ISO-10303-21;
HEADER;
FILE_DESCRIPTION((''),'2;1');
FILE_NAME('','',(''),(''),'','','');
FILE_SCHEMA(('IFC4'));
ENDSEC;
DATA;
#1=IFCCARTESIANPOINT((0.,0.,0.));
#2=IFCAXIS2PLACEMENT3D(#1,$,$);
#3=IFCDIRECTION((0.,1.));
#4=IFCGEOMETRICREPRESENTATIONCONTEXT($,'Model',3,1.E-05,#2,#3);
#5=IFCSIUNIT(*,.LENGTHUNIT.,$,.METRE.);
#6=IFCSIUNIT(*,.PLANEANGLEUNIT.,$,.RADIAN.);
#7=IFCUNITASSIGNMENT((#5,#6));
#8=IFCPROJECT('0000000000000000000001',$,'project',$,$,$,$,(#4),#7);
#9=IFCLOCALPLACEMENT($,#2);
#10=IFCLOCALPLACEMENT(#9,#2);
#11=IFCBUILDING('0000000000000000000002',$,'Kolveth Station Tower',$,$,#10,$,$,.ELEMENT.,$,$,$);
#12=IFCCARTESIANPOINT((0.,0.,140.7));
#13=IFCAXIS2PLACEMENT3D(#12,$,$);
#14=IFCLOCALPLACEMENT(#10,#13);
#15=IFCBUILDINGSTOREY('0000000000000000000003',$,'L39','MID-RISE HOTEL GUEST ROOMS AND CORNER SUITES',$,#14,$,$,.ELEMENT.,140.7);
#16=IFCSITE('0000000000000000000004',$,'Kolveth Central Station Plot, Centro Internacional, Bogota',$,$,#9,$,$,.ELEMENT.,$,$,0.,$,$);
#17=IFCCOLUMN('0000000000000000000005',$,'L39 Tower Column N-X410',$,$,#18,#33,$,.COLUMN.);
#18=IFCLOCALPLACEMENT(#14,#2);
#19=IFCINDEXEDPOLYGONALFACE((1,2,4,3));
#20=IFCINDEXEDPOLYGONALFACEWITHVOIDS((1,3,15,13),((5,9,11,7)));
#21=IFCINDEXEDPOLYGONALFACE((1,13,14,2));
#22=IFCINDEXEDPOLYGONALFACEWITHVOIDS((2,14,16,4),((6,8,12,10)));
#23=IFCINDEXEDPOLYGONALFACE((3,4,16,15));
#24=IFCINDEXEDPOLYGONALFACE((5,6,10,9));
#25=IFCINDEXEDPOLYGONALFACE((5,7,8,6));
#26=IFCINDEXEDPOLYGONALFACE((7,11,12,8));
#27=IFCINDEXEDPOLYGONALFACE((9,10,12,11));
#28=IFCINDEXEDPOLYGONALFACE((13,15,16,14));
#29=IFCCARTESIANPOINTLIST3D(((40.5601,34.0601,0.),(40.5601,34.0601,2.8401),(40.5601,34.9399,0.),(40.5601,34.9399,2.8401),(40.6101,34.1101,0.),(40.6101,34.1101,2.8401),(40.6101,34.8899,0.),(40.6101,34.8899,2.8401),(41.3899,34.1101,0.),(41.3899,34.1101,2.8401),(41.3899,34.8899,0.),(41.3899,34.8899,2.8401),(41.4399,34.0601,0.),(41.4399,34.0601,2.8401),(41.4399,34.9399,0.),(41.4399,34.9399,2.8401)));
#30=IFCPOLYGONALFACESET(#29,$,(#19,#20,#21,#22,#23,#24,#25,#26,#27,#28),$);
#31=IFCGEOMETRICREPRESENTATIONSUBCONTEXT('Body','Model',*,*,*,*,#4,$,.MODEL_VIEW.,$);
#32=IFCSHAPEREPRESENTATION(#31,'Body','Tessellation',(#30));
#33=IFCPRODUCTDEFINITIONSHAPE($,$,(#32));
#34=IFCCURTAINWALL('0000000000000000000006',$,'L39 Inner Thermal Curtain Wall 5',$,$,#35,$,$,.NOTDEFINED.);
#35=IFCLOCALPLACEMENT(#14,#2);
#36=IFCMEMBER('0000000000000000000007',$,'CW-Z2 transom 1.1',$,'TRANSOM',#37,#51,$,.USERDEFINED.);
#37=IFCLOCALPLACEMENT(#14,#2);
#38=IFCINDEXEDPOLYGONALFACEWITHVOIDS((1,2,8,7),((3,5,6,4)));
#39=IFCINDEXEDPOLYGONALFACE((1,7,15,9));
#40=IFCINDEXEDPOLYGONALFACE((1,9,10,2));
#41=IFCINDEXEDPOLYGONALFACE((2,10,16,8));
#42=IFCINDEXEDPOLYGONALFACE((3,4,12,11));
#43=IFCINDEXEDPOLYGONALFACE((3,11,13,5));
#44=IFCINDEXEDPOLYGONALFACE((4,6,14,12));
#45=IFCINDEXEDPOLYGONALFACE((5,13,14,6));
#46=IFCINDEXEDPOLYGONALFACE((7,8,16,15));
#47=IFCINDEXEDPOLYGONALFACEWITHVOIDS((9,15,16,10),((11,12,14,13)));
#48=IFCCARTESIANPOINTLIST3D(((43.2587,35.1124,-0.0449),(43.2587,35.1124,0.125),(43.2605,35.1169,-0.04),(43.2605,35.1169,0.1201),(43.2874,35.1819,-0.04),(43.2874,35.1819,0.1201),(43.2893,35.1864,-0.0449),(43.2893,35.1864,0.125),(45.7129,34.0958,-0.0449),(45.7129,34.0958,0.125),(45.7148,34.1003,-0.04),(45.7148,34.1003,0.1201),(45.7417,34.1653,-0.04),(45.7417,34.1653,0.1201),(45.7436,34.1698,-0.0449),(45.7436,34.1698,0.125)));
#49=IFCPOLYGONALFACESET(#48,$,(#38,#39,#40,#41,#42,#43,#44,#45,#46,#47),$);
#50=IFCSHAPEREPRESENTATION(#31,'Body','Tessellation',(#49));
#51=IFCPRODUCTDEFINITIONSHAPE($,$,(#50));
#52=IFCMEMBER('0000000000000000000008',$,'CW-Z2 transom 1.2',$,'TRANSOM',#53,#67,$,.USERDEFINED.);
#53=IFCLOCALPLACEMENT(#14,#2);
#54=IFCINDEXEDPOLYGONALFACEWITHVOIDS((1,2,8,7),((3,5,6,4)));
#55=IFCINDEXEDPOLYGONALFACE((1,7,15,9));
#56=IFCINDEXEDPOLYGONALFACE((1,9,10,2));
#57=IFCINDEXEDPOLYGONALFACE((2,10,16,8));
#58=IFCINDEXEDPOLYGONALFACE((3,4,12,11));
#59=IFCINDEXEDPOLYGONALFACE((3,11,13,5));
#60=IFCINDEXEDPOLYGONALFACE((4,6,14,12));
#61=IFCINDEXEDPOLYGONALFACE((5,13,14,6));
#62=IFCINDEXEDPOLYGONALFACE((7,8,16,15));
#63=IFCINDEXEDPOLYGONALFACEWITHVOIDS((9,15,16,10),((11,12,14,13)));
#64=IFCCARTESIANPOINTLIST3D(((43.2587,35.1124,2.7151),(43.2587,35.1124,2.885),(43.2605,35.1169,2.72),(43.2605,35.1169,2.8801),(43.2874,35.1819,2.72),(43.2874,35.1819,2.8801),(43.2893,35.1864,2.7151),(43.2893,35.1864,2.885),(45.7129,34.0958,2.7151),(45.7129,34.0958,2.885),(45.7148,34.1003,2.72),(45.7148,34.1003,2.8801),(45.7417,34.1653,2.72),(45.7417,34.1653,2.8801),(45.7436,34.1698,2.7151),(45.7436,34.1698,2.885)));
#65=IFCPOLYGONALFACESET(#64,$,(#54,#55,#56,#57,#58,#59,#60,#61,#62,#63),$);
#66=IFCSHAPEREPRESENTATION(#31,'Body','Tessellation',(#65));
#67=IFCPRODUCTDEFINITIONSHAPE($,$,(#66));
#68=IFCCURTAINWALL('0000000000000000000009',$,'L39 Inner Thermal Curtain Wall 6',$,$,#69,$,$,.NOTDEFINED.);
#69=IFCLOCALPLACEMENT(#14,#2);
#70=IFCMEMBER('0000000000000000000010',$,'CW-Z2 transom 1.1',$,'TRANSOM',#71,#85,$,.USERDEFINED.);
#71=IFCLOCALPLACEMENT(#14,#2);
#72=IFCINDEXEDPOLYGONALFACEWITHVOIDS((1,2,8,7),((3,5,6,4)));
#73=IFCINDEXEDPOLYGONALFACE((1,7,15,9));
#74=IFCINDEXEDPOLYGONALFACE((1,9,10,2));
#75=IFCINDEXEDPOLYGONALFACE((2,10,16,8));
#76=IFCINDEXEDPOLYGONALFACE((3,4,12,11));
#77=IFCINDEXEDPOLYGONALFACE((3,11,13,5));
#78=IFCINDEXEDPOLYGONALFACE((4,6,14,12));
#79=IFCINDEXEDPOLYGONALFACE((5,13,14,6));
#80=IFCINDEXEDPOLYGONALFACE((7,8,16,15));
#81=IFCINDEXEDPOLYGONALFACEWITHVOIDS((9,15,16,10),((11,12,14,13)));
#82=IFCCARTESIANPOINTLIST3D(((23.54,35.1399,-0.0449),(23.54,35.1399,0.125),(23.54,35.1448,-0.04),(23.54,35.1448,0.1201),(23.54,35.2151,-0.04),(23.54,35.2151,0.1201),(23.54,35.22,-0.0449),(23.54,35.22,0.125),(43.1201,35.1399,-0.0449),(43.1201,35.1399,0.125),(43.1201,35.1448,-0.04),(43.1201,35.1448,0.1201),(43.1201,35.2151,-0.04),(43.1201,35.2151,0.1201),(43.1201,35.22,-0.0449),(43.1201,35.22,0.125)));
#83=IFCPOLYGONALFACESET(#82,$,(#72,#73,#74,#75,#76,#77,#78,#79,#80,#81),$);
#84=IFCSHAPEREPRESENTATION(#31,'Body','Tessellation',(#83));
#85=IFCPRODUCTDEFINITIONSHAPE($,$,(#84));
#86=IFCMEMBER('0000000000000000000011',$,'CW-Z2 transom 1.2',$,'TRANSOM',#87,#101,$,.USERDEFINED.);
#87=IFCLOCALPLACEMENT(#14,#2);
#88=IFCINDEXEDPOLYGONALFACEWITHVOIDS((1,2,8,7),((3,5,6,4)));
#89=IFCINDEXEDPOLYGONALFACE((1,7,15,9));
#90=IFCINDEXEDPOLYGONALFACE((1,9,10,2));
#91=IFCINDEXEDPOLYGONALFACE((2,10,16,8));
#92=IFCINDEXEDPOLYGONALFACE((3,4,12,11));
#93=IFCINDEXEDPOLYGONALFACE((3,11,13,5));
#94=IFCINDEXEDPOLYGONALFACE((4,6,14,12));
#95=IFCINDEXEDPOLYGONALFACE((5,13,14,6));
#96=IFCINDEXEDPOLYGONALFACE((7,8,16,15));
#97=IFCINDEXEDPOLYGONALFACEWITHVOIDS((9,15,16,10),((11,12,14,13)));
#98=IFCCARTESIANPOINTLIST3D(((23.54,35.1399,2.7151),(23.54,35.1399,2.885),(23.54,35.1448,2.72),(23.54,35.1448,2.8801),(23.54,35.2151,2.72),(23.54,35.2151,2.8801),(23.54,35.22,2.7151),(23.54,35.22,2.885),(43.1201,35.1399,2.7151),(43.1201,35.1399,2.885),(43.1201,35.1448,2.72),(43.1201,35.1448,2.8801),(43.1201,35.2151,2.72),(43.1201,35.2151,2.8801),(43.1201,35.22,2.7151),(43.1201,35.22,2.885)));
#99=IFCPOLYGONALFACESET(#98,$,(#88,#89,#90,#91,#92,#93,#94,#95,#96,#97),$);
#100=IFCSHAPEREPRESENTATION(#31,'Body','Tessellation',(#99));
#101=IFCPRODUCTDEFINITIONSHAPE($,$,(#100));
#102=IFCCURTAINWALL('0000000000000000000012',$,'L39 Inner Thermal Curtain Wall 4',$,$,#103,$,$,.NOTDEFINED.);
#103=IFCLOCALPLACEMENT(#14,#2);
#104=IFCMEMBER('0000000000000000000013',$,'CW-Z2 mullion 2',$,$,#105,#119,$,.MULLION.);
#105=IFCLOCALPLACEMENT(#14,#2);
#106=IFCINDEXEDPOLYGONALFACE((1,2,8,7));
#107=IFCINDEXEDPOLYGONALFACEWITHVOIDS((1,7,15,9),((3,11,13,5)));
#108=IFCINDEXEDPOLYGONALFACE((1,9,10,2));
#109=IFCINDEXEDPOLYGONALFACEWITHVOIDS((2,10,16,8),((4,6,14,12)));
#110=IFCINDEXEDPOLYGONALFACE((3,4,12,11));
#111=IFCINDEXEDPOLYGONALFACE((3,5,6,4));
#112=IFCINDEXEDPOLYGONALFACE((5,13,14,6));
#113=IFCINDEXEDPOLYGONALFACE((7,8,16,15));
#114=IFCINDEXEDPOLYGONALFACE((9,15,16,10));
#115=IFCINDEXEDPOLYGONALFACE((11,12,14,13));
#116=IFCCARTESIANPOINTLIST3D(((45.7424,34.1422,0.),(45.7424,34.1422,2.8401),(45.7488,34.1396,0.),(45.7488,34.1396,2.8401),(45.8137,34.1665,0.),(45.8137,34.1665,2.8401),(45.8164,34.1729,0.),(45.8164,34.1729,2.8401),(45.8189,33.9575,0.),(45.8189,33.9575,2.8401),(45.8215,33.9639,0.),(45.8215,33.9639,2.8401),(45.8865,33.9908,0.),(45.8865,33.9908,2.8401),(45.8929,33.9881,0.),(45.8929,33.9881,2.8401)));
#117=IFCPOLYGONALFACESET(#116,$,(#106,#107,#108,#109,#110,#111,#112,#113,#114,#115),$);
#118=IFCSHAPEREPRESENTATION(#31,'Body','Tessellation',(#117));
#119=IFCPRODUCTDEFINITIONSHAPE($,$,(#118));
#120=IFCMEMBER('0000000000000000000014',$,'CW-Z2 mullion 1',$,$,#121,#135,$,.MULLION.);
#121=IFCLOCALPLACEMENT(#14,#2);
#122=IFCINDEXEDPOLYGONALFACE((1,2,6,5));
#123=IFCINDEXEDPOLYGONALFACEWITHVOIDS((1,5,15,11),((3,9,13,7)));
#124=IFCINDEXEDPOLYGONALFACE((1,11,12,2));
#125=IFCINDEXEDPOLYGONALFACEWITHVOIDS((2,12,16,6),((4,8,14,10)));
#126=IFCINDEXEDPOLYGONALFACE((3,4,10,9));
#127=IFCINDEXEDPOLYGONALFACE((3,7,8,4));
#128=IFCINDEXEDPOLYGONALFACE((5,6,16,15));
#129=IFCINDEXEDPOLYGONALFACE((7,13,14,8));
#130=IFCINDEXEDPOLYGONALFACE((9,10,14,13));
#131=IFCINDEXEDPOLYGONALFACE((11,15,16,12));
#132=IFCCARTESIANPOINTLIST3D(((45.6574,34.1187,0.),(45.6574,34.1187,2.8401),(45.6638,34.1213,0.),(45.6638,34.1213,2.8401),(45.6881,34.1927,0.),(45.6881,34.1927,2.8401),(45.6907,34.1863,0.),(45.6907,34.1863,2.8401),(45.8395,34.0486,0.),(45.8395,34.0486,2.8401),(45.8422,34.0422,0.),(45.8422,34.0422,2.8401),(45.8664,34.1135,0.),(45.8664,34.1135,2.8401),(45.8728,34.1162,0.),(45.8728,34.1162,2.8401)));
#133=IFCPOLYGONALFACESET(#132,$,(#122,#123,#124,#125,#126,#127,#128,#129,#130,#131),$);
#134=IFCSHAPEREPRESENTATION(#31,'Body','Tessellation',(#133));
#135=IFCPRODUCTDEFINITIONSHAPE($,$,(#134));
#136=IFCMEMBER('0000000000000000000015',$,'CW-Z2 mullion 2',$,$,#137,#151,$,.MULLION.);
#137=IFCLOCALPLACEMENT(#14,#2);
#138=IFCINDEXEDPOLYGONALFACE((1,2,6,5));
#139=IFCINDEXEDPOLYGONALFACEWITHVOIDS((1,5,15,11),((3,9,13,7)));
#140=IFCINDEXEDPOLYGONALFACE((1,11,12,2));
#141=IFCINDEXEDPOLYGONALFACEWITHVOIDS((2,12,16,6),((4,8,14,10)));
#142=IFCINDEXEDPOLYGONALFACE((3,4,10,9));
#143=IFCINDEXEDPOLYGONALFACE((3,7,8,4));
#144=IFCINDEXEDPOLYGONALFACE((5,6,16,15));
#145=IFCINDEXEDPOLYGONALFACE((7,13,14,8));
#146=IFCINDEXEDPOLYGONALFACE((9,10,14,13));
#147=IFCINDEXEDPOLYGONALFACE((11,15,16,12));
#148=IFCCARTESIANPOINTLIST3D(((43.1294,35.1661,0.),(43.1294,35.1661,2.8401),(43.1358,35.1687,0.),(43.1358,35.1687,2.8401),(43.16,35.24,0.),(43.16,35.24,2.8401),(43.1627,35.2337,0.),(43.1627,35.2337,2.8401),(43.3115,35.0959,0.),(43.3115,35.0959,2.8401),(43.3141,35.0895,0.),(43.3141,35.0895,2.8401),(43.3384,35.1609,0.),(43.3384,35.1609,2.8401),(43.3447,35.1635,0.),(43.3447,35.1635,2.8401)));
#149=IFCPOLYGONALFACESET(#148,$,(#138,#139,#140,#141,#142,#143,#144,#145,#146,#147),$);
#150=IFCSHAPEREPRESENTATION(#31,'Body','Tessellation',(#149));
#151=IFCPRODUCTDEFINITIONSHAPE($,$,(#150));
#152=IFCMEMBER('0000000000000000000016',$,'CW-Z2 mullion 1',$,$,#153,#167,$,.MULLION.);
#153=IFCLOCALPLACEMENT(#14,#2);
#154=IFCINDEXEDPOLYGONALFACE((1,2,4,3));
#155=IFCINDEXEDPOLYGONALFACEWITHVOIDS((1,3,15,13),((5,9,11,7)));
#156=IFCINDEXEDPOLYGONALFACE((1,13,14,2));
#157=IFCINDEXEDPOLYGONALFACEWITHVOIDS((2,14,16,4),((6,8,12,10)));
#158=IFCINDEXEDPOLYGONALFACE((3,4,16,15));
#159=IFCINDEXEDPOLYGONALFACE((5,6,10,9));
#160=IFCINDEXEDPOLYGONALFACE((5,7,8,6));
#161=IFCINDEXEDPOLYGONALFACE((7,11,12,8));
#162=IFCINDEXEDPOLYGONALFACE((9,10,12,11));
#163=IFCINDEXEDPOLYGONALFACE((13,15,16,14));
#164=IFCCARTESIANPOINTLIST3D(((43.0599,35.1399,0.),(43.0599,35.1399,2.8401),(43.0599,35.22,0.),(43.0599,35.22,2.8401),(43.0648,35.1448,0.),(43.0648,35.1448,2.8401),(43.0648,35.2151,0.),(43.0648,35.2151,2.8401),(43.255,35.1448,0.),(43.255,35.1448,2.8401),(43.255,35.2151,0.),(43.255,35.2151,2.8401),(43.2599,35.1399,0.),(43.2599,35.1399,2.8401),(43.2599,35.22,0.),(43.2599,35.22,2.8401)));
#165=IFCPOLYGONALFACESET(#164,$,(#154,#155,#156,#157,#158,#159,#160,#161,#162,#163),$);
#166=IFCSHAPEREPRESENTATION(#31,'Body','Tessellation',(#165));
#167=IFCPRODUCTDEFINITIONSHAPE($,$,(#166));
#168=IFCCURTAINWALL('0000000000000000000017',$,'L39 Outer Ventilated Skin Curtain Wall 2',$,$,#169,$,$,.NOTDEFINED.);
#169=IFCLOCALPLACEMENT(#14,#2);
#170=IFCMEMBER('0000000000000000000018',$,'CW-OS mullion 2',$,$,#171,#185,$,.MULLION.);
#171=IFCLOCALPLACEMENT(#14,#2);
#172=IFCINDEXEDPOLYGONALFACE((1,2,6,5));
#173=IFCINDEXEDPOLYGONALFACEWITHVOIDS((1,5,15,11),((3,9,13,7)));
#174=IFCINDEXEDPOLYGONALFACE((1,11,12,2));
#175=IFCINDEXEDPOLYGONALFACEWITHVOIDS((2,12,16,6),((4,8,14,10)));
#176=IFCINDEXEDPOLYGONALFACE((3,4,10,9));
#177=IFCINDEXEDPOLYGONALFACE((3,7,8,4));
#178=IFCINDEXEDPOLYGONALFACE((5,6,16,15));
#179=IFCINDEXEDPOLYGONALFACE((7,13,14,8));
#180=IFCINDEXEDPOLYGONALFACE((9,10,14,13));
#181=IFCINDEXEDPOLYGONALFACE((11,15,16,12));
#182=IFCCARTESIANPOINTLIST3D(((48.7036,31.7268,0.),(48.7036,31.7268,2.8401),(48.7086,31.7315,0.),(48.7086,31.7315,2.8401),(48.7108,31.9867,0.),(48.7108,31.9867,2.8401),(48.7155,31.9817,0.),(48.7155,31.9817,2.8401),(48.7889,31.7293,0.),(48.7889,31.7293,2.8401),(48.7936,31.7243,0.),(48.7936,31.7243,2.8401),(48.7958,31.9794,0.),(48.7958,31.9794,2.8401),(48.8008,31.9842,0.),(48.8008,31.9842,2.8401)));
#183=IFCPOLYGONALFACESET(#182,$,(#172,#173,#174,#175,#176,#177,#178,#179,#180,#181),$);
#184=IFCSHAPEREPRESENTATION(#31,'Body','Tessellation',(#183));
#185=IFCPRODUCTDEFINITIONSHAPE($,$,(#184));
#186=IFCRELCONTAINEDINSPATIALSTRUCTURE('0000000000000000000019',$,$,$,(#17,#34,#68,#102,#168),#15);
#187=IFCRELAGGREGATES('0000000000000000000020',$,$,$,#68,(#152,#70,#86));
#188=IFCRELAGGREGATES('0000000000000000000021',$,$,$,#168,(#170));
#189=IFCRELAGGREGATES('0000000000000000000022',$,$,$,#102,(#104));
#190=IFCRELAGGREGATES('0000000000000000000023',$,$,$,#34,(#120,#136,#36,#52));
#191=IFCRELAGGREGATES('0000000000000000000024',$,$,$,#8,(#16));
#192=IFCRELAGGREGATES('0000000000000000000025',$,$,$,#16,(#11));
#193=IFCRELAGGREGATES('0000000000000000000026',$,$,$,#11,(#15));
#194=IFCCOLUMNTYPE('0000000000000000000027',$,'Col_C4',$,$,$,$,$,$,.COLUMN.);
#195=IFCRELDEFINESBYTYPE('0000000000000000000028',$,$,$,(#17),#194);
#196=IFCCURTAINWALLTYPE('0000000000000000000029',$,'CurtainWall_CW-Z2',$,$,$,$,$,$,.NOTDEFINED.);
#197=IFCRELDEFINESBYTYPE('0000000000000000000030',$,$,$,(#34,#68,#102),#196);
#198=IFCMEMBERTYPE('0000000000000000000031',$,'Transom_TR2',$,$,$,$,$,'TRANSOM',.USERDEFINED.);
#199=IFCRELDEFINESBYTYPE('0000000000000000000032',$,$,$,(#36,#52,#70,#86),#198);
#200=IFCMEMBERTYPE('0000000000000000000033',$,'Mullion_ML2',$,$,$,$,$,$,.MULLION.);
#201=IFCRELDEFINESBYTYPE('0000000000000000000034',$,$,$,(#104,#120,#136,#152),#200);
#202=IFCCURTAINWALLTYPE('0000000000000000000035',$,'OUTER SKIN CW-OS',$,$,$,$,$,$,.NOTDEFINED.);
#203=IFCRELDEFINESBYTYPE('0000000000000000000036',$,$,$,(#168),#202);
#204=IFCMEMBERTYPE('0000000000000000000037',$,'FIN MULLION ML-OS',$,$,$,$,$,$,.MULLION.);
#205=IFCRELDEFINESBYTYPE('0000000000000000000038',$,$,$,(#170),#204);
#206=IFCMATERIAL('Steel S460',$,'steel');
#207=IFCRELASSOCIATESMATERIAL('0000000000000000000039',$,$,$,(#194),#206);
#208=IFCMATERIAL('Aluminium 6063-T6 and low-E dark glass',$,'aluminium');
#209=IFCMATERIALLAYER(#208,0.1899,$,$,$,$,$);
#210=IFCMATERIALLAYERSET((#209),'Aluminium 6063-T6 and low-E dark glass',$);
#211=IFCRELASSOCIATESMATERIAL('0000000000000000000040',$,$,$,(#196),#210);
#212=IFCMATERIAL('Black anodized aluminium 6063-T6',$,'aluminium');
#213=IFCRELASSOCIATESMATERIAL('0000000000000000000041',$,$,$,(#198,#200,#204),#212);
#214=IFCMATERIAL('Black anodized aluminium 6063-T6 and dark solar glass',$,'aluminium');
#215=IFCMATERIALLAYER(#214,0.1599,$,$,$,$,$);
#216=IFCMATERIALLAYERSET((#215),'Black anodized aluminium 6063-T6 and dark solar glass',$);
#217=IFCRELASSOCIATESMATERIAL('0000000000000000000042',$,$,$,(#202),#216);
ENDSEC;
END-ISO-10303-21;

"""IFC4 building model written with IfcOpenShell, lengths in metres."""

from ifc_helpers import new_model, si_unit, direction, frame, origin, origin_2d, place, context, subcontext, project, spatial, hollow_rectangle, extrude, source, transform, mapped, material, layer, layer_set, material_profile, profile_set, type_object, element, aggregate, save


model = new_model("IFC4")

# Units and contexts
model_context = context("Model", 3, precision=1e-05, world=origin(), true_north=direction((0.0, 1.0)))
body_context = subcontext(model_context, "Body", "Model", "MODEL_VIEW")
ifc_project = project(units=[si_unit("LENGTHUNIT", "METRE"), si_unit("PLANEANGLEUNIT", "RADIAN")], contexts=[model_context])

# Site, building, storey
site_placement = place(None, origin())
site = spatial("IfcSite", under=ifc_project, at=site_placement, Name="Kolveth Central Station Plot, Centro Internacional, Bogota", CompositionType="ELEMENT", RefElevation=0.0)
building_placement = place(site_placement, origin())
building = spatial("IfcBuilding", under=site, at=building_placement, Name="Kolveth Station Tower", CompositionType="ELEMENT")
storey_placement = place(building_placement, frame((0.0, 0.0, 140.7)))
storey = spatial("IfcBuildingStorey", under=building, at=storey_placement, Name="L39", Description="MID-RISE HOTEL GUEST ROOMS AND CORNER SUITES", CompositionType="ELEMENT", Elevation=140.7)

# Column
ifc_material_1 = material(Name="Steel S460", Category="steel")
ifc_material_profile_1 = material_profile(ifc_material_1, hollow_rectangle(XDim=0.8799, YDim=0.8799, WallThickness=0.05, at=origin_2d()), Name="BOX880x880x50")
ifc_profile_set_1 = profile_set([ifc_material_profile_1], Name="Steel S460")
column_type = type_object("IfcColumnType", Name="Col_C4", PredefinedType="COLUMN", material=ifc_profile_set_1)
shared_shape_1 = source(origin(), body_context, "Body", "SweptSolid", [
    extrude(hollow_rectangle(XDim=0.8799, YDim=0.8799, WallThickness=0.05, at=origin_2d()), origin(), (0.0, 0.0, 1.0), 2.8401),
])
column_placement = place(storey_placement, frame((41.0, 34.5, 0.0), z_axis=(0.0, 0.0, 1.0), x_axis=(1.0, 0.0, 0.0)))
element("IfcColumn", 1, at=column_placement, inside=storey, type_object=column_type, Name="L39 Tower Column N-X410", PredefinedType="COLUMN", context=body_context, shape_type="MappedRepresentation", body=[
    mapped(shared_shape_1, transform((0.0, 0.0, 0.0), x_axis=(1.0, 0.0, 0.0), y_axis=(0.0, 1.0, 0.0), z_axis=(0.0, 0.0, 1.0), scale=1.0)),
])

# Curtain walls, members
ifc_material_2 = material(Name="Aluminium 6063-T6 and low-E dark glass", Category="aluminium")
ifc_layer_1 = layer(ifc_material_2, 0.1899)
ifc_layer_set_1 = layer_set([ifc_layer_1], Name="Aluminium 6063-T6 and low-E dark glass")
curtain_wall_type_1 = type_object("IfcCurtainWallType", Name="CurtainWall_CW-Z2", PredefinedType="NOTDEFINED", material=ifc_layer_set_1)
curtain_wall_1_placement = place(storey_placement, origin())
curtain_wall_1 = element("IfcCurtainWall", 2, at=curtain_wall_1_placement, inside=storey, type_object=curtain_wall_type_1, Name="L39 Inner Thermal Curtain Wall 5", PredefinedType="NOTDEFINED")
ifc_material_3 = material(Name="Black anodized aluminium 6063-T6", Category="aluminium")
ifc_material_profile_2 = material_profile(ifc_material_3, hollow_rectangle(XDim=0.0801, YDim=0.1699, WallThickness=0.0049, at=origin_2d()), Name="ALU-80x170x5")
ifc_profile_set_2 = profile_set([ifc_material_profile_2], Name="Black anodized aluminium 6063-T6")
member_type_1 = type_object("IfcMemberType", Name="Transom_TR2", ElementType="TRANSOM", PredefinedType="USERDEFINED", material=ifc_profile_set_2)
shared_shape_2 = source(origin(), body_context, "Body", "SweptSolid", [
    extrude(hollow_rectangle(XDim=0.0801, YDim=0.1699, WallThickness=0.0049, at=origin_2d()), origin(), (0.0, 0.0, 1.0), 2.6565),
])
member_1_placement = place(storey_placement, frame((45.7283, 34.1328, 0.04), z_axis=(-0.923882, 0.382676, 0.0), x_axis=(-0.382676, -0.923882, 0.0)))
member_1 = element("IfcMember", 3, at=member_1_placement, type_object=member_type_1, Name="CW-Z2 transom 1.1", ObjectType="TRANSOM", PredefinedType="USERDEFINED", context=body_context, shape_type="MappedRepresentation", body=[
    mapped(shared_shape_2, transform((0.0, 0.0, 0.0), x_axis=(1.0, 0.0, 0.0), y_axis=(0.0, 1.0, 0.0), z_axis=(0.0, 0.0, 1.0), scale=1.0)),
])
member_2_placement = place(storey_placement, frame((45.7283, 34.1328, 2.8), z_axis=(-0.923882, 0.382676, 0.0), x_axis=(-0.382676, -0.923882, 0.0)))
member_2 = element("IfcMember", 4, at=member_2_placement, type_object=member_type_1, Name="CW-Z2 transom 1.2", ObjectType="TRANSOM", PredefinedType="USERDEFINED", context=body_context, shape_type="MappedRepresentation", body=[
    mapped(shared_shape_2, transform((0.0, 0.0, 0.0), x_axis=(1.0, 0.0, 0.0), y_axis=(0.0, 1.0, 0.0), z_axis=(0.0, 0.0, 1.0), scale=1.0)),
])
curtain_wall_2_placement = place(storey_placement, origin())
curtain_wall_2 = element("IfcCurtainWall", 5, at=curtain_wall_2_placement, inside=storey, type_object=curtain_wall_type_1, Name="L39 Inner Thermal Curtain Wall 6", PredefinedType="NOTDEFINED")
shared_shape_3 = source(origin(), body_context, "Body", "SweptSolid", [
    extrude(hollow_rectangle(XDim=0.0801, YDim=0.1699, WallThickness=0.0049, at=origin_2d()), origin(), (0.0, 0.0, 1.0), 19.5801),
])
member_3_placement = place(storey_placement, frame((43.1201, 35.1799, 0.04), z_axis=(-1.0, 0.0, 0.0), x_axis=(0.0, -1.0, 0.0)))
member_3 = element("IfcMember", 6, at=member_3_placement, type_object=member_type_1, Name="CW-Z2 transom 1.1", ObjectType="TRANSOM", PredefinedType="USERDEFINED", context=body_context, shape_type="MappedRepresentation", body=[
    mapped(shared_shape_3, transform((0.0, 0.0, 0.0), x_axis=(1.0, 0.0, 0.0), y_axis=(0.0, 1.0, 0.0), z_axis=(0.0, 0.0, 1.0), scale=1.0)),
])
member_4_placement = place(storey_placement, frame((43.1201, 35.1799, 2.8), z_axis=(-1.0, 0.0, 0.0), x_axis=(0.0, -1.0, 0.0)))
member_4 = element("IfcMember", 7, at=member_4_placement, type_object=member_type_1, Name="CW-Z2 transom 1.2", ObjectType="TRANSOM", PredefinedType="USERDEFINED", context=body_context, shape_type="MappedRepresentation", body=[
    mapped(shared_shape_3, transform((0.0, 0.0, 0.0), x_axis=(1.0, 0.0, 0.0), y_axis=(0.0, 1.0, 0.0), z_axis=(0.0, 0.0, 1.0), scale=1.0)),
])

# Curtain wall, member
curtain_wall_3_placement = place(storey_placement, origin())
curtain_wall_3 = element("IfcCurtainWall", 8, at=curtain_wall_3_placement, inside=storey, type_object=curtain_wall_type_1, Name="L39 Inner Thermal Curtain Wall 4", PredefinedType="NOTDEFINED")
ifc_material_profile_3 = material_profile(ifc_material_3, hollow_rectangle(XDim=0.0801, YDim=0.2, WallThickness=0.0049, at=origin_2d()), Name="ALU-80x200x5")
ifc_profile_set_3 = profile_set([ifc_material_profile_3], Name="Black anodized aluminium 6063-T6")
member_type_2 = type_object("IfcMemberType", Name="Mullion_ML2", PredefinedType="MULLION", material=ifc_profile_set_3)
shared_shape_4 = source(origin(), body_context, "Body", "SweptSolid", [
    extrude(hollow_rectangle(XDim=0.0801, YDim=0.2, WallThickness=0.0049, at=origin_2d()), origin(), (0.0, 0.0, 1.0), 2.8401),
])
member_5_placement = place(storey_placement, frame((45.8176, 34.0652, 0.0), z_axis=(0.0, 0.0, 1.0), x_axis=(-0.923888, -0.382663, 0.0)))
member_5 = element("IfcMember", 9, at=member_5_placement, type_object=member_type_2, Name="CW-Z2 mullion 2", PredefinedType="MULLION", context=body_context, shape_type="MappedRepresentation", body=[
    mapped(shared_shape_4, transform((0.0, 0.0, 0.0), x_axis=(1.0, 0.0, 0.0), y_axis=(0.0, 1.0, 0.0), z_axis=(0.0, 0.0, 1.0), scale=1.0)),
])

# Members
member_6_placement = place(storey_placement, frame((45.7651, 34.1174, 0.0), z_axis=(0.0, 0.0, 1.0), x_axis=(-0.382663, -0.923888, 0.0)))
member_6 = element("IfcMember", 10, at=member_6_placement, type_object=member_type_2, Name="CW-Z2 mullion 1", PredefinedType="MULLION", context=body_context, shape_type="MappedRepresentation", body=[
    mapped(shared_shape_4, transform((0.0, 0.0, 0.0), x_axis=(1.0, 0.0, 0.0), y_axis=(0.0, 1.0, 0.0), z_axis=(0.0, 0.0, 1.0), scale=1.0)),
])
member_7_placement = place(storey_placement, frame((43.2371, 35.1648, 0.0), z_axis=(0.0, 0.0, 1.0), x_axis=(-0.382663, -0.923888, 0.0)))
member_7 = element("IfcMember", 11, at=member_7_placement, type_object=member_type_2, Name="CW-Z2 mullion 2", PredefinedType="MULLION", context=body_context, shape_type="MappedRepresentation", body=[
    mapped(shared_shape_4, transform((0.0, 0.0, 0.0), x_axis=(1.0, 0.0, 0.0), y_axis=(0.0, 1.0, 0.0), z_axis=(0.0, 0.0, 1.0), scale=1.0)),
])
member_8_placement = place(storey_placement, frame((43.1599, 35.1799, 0.0), z_axis=(0.0, 0.0, 1.0), x_axis=(0.0, -1.0, 0.0)))
member_8 = element("IfcMember", 12, at=member_8_placement, type_object=member_type_2, Name="CW-Z2 mullion 1", PredefinedType="MULLION", context=body_context, shape_type="MappedRepresentation", body=[
    mapped(shared_shape_4, transform((0.0, 0.0, 0.0), x_axis=(1.0, 0.0, 0.0), y_axis=(0.0, 1.0, 0.0), z_axis=(0.0, 0.0, 1.0), scale=1.0)),
])
aggregate(curtain_wall_2, [member_8, member_3, member_4])

# Curtain wall, member
ifc_material_4 = material(Name="Black anodized aluminium 6063-T6 and dark solar glass", Category="aluminium")
ifc_layer_2 = layer(ifc_material_4, 0.1599)
ifc_layer_set_2 = layer_set([ifc_layer_2], Name="Black anodized aluminium 6063-T6 and dark solar glass")
curtain_wall_type_2 = type_object("IfcCurtainWallType", Name="OUTER SKIN CW-OS", PredefinedType="NOTDEFINED", material=ifc_layer_set_2)
curtain_wall_4_placement = place(storey_placement, origin())
curtain_wall_4 = element("IfcCurtainWall", 13, at=curtain_wall_4_placement, inside=storey, type_object=curtain_wall_type_2, Name="L39 Outer Ventilated Skin Curtain Wall 2", PredefinedType="NOTDEFINED")
ifc_material_profile_4 = material_profile(ifc_material_3, hollow_rectangle(XDim=0.0901, YDim=0.26, WallThickness=0.0049, at=origin_2d()), Name="ALU-90x260x5")
ifc_profile_set_4 = profile_set([ifc_material_profile_4], Name="Black anodized aluminium 6063-T6")
member_type_3 = type_object("IfcMemberType", Name="FIN MULLION ML-OS", PredefinedType="MULLION", material=ifc_profile_set_4)
shared_shape_5 = source(origin(), body_context, "Body", "SweptSolid", [
    extrude(hollow_rectangle(XDim=0.0901, YDim=0.26, WallThickness=0.0049, at=origin_2d()), origin(), (0.0, 0.0, 1.0), 2.8401),
])
member_9_placement = place(storey_placement, frame((48.7522, 31.8555, 0.0), z_axis=(0.0, 0.0, 1.0), x_axis=(-0.999615, 0.027749, 0.0)))
member_9 = element("IfcMember", 14, at=member_9_placement, type_object=member_type_3, Name="CW-OS mullion 2", PredefinedType="MULLION", context=body_context, shape_type="MappedRepresentation", body=[
    mapped(shared_shape_5, transform((0.0, 0.0, 0.0), x_axis=(1.0, 0.0, 0.0), y_axis=(0.0, 1.0, 0.0), z_axis=(0.0, 0.0, 1.0), scale=1.0)),
])
aggregate(curtain_wall_4, [member_9])

aggregate(curtain_wall_3, [member_5])
aggregate(curtain_wall_1, [member_6, member_7, member_1, member_2])

save(model, "model.ifc")
